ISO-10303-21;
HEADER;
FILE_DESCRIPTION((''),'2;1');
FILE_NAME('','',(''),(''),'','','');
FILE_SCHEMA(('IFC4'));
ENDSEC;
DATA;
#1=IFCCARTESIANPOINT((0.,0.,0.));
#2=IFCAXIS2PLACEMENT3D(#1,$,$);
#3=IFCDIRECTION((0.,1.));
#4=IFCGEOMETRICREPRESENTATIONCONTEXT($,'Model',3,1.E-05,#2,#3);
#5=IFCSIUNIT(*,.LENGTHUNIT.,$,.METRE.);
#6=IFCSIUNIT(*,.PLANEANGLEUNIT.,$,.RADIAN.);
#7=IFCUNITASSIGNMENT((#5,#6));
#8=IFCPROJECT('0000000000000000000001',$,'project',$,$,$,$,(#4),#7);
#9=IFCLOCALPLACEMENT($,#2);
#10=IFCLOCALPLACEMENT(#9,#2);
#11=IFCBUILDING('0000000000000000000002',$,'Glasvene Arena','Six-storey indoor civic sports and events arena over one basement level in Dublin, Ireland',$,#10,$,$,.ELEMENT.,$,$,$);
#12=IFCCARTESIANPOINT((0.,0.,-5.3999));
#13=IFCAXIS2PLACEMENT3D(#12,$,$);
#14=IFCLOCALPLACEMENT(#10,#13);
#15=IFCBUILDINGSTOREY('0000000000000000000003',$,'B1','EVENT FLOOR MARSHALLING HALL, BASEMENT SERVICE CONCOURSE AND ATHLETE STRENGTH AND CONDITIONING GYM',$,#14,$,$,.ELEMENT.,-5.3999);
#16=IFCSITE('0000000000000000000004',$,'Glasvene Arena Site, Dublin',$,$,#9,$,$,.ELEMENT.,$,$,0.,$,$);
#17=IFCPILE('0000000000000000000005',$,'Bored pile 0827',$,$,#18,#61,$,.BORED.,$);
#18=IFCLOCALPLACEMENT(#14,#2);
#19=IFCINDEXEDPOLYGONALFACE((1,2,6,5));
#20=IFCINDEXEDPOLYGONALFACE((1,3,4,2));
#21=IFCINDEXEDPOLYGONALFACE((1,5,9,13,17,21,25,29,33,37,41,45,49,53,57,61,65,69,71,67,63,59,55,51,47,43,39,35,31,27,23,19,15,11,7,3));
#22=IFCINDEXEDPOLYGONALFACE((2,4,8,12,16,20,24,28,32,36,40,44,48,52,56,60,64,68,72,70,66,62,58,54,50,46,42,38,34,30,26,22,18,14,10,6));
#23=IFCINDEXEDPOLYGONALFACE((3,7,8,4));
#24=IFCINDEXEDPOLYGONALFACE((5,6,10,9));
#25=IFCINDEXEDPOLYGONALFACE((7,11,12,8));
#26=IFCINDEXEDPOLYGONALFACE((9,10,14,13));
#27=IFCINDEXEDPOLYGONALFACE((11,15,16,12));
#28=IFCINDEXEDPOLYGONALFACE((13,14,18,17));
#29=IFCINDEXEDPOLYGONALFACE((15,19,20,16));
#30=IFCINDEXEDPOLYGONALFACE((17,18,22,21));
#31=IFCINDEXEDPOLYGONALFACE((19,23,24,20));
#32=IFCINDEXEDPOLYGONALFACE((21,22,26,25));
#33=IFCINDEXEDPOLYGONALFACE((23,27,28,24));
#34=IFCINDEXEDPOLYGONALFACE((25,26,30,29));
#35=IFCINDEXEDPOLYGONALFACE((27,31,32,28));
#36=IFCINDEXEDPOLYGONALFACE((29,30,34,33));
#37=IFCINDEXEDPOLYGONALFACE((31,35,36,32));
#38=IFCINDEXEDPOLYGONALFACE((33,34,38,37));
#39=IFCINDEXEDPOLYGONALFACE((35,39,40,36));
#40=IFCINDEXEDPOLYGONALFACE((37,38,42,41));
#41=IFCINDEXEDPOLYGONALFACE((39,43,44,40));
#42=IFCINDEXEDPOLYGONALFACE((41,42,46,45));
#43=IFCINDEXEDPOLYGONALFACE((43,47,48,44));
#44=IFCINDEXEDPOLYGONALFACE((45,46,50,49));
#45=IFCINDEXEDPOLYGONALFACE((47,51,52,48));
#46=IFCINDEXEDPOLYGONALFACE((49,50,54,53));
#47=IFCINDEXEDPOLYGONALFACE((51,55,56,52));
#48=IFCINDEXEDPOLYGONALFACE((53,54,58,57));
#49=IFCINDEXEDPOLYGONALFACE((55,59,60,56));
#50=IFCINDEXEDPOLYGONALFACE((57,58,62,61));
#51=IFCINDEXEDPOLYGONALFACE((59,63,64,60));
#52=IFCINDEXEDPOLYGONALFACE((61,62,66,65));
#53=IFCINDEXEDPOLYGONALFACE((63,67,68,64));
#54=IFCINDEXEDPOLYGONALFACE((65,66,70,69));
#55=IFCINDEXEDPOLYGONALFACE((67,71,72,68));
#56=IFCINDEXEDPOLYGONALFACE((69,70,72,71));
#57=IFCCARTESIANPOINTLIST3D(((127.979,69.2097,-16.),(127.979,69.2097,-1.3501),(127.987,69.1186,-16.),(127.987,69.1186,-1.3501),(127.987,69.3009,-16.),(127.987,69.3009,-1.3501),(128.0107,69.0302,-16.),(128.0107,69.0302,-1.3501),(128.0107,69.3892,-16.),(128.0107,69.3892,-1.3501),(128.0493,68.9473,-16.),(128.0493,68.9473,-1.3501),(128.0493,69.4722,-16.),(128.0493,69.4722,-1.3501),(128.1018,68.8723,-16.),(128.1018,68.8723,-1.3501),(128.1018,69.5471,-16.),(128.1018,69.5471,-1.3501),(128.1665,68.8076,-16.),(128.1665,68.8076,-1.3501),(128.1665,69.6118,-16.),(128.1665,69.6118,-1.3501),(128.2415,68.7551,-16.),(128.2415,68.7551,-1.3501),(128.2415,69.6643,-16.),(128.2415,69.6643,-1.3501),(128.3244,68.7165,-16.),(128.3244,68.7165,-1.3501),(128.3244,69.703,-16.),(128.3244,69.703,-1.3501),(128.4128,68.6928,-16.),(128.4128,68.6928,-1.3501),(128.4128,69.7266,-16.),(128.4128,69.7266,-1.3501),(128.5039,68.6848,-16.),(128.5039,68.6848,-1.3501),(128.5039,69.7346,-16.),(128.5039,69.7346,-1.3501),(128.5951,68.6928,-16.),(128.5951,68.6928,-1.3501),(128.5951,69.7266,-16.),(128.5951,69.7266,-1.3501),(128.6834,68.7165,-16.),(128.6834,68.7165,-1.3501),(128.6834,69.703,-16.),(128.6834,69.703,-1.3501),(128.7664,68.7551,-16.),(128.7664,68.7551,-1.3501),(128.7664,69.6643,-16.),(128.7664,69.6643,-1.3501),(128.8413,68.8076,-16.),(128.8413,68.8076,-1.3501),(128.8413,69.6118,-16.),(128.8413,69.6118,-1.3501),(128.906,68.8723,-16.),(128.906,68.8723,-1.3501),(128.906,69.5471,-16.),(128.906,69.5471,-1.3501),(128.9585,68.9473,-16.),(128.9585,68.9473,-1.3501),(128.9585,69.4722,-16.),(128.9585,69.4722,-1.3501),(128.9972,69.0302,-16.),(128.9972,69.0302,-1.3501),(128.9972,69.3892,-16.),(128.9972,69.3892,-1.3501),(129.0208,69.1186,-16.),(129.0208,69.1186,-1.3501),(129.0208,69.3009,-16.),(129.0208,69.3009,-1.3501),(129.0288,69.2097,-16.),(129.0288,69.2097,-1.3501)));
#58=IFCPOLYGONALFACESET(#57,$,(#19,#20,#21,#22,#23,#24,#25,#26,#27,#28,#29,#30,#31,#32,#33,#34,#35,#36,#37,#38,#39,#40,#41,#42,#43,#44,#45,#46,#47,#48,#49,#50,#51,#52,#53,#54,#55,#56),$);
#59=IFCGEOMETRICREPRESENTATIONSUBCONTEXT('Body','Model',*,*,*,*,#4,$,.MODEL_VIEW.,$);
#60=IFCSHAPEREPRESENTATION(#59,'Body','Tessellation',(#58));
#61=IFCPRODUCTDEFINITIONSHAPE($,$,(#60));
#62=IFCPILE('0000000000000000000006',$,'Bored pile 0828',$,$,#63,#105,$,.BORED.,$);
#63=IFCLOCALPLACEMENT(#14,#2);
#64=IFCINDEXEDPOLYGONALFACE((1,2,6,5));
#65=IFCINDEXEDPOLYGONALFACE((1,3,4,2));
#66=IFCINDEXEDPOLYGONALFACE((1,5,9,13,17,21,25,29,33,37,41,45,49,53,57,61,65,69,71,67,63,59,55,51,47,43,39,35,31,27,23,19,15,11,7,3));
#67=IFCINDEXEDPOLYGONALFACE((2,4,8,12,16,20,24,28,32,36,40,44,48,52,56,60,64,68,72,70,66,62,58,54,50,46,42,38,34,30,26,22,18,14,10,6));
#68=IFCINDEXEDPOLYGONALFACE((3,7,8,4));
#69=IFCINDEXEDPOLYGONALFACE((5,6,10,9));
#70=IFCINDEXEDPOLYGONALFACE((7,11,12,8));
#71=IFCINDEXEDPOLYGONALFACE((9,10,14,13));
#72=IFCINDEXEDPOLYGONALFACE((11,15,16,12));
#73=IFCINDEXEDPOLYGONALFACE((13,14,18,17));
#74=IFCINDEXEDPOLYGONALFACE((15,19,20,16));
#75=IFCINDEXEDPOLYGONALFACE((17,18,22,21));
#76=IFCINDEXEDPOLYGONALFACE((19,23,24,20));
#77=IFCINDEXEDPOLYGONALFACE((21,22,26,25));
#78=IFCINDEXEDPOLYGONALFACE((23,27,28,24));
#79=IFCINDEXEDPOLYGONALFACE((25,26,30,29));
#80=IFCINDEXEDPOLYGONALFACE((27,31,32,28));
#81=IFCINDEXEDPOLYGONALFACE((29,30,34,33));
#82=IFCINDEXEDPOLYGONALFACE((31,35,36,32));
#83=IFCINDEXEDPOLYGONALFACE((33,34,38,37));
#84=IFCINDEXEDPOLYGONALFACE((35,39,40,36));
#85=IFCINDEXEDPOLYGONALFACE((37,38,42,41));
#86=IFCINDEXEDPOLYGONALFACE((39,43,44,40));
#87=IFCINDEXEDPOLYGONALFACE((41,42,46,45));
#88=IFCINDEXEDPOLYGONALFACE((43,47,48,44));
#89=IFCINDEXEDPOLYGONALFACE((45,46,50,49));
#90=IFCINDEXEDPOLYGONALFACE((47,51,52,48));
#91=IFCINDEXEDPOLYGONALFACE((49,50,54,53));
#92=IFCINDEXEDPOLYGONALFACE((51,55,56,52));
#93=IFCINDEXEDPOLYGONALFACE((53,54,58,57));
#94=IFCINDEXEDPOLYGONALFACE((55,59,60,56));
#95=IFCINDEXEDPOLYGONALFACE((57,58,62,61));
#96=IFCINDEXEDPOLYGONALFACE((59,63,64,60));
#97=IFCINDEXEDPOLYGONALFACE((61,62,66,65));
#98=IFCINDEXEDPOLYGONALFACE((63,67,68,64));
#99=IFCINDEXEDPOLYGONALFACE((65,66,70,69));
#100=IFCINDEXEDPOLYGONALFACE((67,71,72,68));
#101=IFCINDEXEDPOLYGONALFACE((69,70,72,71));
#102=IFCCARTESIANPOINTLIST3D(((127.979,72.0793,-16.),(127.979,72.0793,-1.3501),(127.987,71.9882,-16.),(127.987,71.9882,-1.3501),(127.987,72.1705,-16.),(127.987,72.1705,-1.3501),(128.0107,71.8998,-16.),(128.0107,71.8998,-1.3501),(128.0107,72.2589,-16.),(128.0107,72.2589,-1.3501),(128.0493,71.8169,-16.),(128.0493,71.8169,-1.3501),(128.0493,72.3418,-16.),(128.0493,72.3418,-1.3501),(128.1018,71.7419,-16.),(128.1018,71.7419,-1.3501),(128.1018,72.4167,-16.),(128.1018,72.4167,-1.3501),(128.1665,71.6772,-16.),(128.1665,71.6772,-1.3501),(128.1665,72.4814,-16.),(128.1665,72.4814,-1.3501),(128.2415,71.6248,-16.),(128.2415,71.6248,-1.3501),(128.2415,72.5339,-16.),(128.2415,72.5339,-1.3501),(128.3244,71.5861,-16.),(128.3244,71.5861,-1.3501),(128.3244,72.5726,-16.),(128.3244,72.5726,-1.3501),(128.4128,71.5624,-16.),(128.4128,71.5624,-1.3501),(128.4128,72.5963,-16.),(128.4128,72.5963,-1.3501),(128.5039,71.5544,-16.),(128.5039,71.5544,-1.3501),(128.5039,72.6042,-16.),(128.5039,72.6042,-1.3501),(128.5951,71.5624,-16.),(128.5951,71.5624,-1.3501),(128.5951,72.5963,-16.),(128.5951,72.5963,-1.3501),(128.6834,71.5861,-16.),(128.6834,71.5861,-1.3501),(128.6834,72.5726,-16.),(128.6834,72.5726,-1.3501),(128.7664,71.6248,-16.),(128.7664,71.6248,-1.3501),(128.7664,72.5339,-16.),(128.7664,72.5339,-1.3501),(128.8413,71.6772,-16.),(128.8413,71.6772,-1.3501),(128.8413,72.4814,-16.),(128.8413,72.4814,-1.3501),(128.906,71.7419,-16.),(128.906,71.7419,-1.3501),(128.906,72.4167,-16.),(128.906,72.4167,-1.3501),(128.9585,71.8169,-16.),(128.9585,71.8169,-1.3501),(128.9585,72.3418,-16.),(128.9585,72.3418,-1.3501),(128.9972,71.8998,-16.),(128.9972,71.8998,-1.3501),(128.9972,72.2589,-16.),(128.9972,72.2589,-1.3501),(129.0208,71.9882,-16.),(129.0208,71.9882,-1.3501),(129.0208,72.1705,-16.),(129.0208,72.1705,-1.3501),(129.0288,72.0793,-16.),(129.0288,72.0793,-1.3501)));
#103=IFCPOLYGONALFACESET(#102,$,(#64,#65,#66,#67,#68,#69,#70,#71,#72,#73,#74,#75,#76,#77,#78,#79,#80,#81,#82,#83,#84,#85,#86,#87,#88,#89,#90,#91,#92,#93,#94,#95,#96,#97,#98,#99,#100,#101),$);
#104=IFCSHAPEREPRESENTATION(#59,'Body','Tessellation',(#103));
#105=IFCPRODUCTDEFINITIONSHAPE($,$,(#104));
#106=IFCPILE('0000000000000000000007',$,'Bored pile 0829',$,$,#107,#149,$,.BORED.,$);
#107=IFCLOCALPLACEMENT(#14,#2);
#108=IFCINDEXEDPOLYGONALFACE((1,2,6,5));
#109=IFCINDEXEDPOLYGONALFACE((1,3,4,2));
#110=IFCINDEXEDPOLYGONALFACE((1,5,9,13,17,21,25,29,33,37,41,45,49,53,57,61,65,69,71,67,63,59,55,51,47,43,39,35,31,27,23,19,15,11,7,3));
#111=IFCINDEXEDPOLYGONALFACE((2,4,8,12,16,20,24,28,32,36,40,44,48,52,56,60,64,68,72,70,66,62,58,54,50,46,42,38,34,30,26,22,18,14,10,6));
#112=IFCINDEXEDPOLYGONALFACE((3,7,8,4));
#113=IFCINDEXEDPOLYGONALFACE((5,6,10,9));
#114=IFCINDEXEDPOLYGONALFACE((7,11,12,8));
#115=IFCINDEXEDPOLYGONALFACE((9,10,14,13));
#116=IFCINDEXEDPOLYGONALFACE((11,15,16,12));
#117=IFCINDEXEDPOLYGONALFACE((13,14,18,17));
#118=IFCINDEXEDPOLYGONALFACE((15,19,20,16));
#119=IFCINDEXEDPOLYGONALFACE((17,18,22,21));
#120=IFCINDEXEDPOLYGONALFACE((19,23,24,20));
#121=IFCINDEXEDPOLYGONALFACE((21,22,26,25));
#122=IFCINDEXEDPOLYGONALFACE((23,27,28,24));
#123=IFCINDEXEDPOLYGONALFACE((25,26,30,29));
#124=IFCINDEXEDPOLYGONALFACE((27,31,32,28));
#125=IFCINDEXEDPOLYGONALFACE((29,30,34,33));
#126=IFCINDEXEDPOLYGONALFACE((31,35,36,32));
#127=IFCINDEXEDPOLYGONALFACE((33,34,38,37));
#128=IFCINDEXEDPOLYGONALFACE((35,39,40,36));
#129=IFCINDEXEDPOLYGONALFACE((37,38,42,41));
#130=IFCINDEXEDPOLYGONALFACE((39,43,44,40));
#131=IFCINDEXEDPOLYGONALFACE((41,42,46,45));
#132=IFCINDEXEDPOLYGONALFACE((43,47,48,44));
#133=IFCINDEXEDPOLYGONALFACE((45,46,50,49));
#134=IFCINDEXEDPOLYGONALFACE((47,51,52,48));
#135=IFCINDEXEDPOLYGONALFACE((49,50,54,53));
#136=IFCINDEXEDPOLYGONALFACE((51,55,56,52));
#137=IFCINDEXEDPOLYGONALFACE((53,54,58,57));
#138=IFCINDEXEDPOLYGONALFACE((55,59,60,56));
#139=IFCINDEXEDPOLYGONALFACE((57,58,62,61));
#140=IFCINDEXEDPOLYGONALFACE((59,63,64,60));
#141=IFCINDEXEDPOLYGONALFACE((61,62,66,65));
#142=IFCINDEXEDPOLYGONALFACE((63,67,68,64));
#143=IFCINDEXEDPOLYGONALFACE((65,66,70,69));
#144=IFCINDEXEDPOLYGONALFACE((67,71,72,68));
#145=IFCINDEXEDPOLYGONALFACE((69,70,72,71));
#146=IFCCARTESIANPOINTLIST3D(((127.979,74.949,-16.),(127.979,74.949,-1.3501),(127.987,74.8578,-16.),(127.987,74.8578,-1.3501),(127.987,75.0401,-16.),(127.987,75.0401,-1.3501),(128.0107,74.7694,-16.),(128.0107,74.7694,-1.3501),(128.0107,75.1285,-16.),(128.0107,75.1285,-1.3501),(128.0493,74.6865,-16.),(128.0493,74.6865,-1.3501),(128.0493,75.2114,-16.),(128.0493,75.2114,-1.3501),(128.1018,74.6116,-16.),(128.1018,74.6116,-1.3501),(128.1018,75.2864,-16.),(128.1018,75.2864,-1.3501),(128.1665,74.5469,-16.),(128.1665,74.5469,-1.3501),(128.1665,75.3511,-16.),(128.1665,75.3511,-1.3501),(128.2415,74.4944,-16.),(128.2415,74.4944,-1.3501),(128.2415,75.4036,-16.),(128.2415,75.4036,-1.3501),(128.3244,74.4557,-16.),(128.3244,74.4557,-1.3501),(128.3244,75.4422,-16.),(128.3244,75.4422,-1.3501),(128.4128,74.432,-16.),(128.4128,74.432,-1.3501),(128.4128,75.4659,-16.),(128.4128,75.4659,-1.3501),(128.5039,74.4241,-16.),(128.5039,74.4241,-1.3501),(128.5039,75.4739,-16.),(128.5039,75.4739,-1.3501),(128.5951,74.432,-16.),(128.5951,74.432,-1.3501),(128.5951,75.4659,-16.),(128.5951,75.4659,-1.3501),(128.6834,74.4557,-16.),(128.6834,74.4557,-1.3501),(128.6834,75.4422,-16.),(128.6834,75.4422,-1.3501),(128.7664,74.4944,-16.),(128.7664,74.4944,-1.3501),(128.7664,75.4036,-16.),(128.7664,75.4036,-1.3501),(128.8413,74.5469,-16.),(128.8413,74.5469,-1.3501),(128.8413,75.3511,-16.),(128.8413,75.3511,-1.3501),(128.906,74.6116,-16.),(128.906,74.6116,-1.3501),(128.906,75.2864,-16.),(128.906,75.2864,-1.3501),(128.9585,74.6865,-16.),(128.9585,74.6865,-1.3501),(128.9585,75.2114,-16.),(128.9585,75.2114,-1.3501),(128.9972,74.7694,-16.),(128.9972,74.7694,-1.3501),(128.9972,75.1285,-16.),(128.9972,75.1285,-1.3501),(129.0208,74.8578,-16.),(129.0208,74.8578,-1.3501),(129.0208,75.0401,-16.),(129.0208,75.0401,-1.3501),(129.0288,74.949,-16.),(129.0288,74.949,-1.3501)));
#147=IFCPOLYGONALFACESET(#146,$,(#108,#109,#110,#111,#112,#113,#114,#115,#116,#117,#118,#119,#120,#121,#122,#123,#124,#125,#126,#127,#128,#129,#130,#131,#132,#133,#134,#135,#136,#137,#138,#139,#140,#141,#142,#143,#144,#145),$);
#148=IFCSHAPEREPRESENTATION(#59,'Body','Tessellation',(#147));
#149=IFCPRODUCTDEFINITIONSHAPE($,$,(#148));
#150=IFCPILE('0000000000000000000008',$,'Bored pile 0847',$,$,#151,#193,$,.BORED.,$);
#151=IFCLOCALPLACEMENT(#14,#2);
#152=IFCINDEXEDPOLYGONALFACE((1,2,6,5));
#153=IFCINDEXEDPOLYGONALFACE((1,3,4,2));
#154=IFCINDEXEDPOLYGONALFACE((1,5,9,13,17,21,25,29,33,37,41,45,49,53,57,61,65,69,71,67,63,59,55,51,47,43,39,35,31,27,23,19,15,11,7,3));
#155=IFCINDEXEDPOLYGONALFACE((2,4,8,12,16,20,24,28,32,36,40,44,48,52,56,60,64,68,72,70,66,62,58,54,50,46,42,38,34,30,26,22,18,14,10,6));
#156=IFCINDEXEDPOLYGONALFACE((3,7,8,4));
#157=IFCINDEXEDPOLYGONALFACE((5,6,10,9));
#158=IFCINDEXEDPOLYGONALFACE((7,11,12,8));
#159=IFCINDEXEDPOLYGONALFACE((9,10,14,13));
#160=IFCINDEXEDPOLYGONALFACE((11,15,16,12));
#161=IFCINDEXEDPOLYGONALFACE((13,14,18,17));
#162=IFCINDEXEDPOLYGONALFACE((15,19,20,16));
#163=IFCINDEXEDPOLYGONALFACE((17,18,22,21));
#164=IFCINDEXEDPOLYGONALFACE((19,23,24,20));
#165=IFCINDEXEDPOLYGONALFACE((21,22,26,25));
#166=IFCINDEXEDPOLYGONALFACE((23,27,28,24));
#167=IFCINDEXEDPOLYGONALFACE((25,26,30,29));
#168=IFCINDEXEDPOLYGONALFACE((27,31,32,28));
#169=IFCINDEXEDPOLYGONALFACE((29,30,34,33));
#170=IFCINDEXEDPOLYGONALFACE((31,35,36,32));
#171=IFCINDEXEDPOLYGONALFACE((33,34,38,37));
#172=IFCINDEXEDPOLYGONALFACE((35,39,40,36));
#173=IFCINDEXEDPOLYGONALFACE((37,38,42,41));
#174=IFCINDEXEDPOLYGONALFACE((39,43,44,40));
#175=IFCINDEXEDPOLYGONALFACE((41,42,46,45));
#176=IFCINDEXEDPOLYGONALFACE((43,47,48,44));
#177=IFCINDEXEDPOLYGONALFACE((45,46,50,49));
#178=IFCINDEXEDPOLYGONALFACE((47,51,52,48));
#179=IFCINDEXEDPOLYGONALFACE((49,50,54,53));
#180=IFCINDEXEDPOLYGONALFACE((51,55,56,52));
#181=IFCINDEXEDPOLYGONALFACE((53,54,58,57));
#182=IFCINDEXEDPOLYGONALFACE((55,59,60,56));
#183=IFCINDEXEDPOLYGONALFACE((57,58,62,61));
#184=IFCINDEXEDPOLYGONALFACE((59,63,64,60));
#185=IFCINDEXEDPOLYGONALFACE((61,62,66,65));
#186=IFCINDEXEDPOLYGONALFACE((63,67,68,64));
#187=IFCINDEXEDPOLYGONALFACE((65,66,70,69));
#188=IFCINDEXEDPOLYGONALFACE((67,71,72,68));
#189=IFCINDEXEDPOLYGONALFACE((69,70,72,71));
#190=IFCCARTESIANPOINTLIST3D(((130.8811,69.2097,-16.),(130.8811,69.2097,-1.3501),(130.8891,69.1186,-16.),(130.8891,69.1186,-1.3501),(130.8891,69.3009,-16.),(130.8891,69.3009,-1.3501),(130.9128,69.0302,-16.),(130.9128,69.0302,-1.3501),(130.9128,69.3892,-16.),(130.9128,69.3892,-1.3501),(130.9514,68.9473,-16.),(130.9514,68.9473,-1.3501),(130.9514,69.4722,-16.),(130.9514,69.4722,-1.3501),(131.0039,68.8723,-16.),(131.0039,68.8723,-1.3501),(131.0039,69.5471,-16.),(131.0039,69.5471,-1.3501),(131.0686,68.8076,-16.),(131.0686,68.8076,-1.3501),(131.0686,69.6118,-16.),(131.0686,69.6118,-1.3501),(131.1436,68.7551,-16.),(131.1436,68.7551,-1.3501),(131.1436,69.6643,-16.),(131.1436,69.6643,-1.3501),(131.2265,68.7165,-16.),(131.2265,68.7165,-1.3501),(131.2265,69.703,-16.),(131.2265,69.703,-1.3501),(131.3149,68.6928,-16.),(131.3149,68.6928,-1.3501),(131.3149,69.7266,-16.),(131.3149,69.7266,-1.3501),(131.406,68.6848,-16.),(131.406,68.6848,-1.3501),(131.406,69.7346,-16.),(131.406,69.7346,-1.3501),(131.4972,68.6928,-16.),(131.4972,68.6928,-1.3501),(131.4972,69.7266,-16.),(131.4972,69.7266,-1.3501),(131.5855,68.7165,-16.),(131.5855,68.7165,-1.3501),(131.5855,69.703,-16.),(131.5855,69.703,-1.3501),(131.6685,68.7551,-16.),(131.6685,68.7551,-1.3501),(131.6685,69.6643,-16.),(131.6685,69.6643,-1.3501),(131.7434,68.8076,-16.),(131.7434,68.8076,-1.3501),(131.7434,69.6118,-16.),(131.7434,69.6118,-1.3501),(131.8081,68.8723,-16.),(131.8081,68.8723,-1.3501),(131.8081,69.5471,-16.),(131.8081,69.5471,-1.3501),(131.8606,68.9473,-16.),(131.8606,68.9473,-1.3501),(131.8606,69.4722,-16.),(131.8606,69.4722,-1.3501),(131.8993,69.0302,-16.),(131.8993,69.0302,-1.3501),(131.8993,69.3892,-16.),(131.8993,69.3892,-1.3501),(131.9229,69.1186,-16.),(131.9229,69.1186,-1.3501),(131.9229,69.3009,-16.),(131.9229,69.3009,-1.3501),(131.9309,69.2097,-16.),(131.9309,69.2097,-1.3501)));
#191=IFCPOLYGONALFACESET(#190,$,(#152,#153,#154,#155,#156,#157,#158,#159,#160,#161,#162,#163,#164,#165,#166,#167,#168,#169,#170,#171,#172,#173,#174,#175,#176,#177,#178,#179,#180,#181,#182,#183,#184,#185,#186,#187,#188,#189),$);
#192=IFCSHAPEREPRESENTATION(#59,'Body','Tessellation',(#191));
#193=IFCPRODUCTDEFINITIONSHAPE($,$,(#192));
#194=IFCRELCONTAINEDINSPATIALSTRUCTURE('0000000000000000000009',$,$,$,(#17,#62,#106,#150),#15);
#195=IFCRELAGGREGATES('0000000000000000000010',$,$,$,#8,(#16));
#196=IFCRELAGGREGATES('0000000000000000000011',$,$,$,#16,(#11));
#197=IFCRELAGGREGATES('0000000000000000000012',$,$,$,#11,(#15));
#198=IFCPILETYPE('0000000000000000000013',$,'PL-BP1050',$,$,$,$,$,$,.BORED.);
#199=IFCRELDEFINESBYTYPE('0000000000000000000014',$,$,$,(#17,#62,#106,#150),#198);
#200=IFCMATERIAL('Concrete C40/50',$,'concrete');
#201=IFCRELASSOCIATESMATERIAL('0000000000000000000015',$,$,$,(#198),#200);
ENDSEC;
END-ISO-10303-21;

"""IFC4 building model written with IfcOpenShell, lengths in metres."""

from ifc_helpers import new_model, si_unit, direction, frame, origin, origin_2d, place, context, subcontext, project, spatial, circle, extrude, material, material_profile, profile_set, type_object, element, save


model = new_model("IFC4")

# Units and contexts
model_context = context("Model", 3, precision=1e-05, world=origin(), true_north=direction((0.0, 1.0)))
body_context = subcontext(model_context, "Body", "Model", "MODEL_VIEW")
ifc_project = project(units=[si_unit("LENGTHUNIT", "METRE"), si_unit("PLANEANGLEUNIT", "RADIAN")], contexts=[model_context])

# Site, building, storey
site_placement = place(None, origin())
site = spatial("IfcSite", under=ifc_project, at=site_placement, Name="Glasvene Arena Site, Dublin", CompositionType="ELEMENT", RefElevation=0.0)
building_placement = place(site_placement, origin())
building = spatial("IfcBuilding", under=site, at=building_placement, Name="Glasvene Arena", Description="Six-storey indoor civic sports and events arena over one basement level in Dublin, Ireland", CompositionType="ELEMENT")
storey_placement = place(building_placement, frame((0.0, 0.0, -5.3999)))
storey = spatial("IfcBuildingStorey", under=building, at=storey_placement, Name="B1", Description="EVENT FLOOR MARSHALLING HALL, BASEMENT SERVICE CONCOURSE AND ATHLETE STRENGTH AND CONDITIONING GYM", CompositionType="ELEMENT", Elevation=-5.3999)

# Piles
ifc_material_1 = material(Name="Concrete C40/50", Category="concrete")
ifc_material_profile_1 = material_profile(ifc_material_1, circle(Radius=0.5249, at=origin_2d()), Name="BORED PILE 1050")
ifc_profile_set_1 = profile_set([ifc_material_profile_1], Name="Concrete C40/50")
pile_type = type_object("IfcPileType", Name="PL-BP1050", PredefinedType="BORED", material=ifc_profile_set_1)
for number, where, z_axis, x_axis, name in (
    (1, (128.5039, 69.2097, -1.3501), (0.0, 0.0, -1.0), (1.0, 0.0, 0.0), "Bored pile 0827"),
    (2, (128.5039, 72.0793, -1.3501), (0.0, 0.0, -1.0), (1.0, 0.0, 0.0), "Bored pile 0828"),
    (3, (128.5039, 74.949, -1.3501), (0.0, 0.0, -1.0), (1.0, 0.0, 0.0), "Bored pile 0829"),
    (4, (131.406, 69.2097, -1.3501), (0.0, 0.0, -1.0), (1.0, 0.0, 0.0), "Bored pile 0847"),
):
    element("IfcPile", number, at=place(storey_placement, frame(where, z_axis=z_axis, x_axis=x_axis)), inside=storey, type_object=pile_type, Name=name, PredefinedType="BORED", context=body_context, shape_type="SweptSolid", body=[
        extrude(circle(Radius=0.5249, at=origin_2d()), origin(), (0.0, 0.0, 1.0), 14.6499),
    ])

save(model, "model.ifc")
